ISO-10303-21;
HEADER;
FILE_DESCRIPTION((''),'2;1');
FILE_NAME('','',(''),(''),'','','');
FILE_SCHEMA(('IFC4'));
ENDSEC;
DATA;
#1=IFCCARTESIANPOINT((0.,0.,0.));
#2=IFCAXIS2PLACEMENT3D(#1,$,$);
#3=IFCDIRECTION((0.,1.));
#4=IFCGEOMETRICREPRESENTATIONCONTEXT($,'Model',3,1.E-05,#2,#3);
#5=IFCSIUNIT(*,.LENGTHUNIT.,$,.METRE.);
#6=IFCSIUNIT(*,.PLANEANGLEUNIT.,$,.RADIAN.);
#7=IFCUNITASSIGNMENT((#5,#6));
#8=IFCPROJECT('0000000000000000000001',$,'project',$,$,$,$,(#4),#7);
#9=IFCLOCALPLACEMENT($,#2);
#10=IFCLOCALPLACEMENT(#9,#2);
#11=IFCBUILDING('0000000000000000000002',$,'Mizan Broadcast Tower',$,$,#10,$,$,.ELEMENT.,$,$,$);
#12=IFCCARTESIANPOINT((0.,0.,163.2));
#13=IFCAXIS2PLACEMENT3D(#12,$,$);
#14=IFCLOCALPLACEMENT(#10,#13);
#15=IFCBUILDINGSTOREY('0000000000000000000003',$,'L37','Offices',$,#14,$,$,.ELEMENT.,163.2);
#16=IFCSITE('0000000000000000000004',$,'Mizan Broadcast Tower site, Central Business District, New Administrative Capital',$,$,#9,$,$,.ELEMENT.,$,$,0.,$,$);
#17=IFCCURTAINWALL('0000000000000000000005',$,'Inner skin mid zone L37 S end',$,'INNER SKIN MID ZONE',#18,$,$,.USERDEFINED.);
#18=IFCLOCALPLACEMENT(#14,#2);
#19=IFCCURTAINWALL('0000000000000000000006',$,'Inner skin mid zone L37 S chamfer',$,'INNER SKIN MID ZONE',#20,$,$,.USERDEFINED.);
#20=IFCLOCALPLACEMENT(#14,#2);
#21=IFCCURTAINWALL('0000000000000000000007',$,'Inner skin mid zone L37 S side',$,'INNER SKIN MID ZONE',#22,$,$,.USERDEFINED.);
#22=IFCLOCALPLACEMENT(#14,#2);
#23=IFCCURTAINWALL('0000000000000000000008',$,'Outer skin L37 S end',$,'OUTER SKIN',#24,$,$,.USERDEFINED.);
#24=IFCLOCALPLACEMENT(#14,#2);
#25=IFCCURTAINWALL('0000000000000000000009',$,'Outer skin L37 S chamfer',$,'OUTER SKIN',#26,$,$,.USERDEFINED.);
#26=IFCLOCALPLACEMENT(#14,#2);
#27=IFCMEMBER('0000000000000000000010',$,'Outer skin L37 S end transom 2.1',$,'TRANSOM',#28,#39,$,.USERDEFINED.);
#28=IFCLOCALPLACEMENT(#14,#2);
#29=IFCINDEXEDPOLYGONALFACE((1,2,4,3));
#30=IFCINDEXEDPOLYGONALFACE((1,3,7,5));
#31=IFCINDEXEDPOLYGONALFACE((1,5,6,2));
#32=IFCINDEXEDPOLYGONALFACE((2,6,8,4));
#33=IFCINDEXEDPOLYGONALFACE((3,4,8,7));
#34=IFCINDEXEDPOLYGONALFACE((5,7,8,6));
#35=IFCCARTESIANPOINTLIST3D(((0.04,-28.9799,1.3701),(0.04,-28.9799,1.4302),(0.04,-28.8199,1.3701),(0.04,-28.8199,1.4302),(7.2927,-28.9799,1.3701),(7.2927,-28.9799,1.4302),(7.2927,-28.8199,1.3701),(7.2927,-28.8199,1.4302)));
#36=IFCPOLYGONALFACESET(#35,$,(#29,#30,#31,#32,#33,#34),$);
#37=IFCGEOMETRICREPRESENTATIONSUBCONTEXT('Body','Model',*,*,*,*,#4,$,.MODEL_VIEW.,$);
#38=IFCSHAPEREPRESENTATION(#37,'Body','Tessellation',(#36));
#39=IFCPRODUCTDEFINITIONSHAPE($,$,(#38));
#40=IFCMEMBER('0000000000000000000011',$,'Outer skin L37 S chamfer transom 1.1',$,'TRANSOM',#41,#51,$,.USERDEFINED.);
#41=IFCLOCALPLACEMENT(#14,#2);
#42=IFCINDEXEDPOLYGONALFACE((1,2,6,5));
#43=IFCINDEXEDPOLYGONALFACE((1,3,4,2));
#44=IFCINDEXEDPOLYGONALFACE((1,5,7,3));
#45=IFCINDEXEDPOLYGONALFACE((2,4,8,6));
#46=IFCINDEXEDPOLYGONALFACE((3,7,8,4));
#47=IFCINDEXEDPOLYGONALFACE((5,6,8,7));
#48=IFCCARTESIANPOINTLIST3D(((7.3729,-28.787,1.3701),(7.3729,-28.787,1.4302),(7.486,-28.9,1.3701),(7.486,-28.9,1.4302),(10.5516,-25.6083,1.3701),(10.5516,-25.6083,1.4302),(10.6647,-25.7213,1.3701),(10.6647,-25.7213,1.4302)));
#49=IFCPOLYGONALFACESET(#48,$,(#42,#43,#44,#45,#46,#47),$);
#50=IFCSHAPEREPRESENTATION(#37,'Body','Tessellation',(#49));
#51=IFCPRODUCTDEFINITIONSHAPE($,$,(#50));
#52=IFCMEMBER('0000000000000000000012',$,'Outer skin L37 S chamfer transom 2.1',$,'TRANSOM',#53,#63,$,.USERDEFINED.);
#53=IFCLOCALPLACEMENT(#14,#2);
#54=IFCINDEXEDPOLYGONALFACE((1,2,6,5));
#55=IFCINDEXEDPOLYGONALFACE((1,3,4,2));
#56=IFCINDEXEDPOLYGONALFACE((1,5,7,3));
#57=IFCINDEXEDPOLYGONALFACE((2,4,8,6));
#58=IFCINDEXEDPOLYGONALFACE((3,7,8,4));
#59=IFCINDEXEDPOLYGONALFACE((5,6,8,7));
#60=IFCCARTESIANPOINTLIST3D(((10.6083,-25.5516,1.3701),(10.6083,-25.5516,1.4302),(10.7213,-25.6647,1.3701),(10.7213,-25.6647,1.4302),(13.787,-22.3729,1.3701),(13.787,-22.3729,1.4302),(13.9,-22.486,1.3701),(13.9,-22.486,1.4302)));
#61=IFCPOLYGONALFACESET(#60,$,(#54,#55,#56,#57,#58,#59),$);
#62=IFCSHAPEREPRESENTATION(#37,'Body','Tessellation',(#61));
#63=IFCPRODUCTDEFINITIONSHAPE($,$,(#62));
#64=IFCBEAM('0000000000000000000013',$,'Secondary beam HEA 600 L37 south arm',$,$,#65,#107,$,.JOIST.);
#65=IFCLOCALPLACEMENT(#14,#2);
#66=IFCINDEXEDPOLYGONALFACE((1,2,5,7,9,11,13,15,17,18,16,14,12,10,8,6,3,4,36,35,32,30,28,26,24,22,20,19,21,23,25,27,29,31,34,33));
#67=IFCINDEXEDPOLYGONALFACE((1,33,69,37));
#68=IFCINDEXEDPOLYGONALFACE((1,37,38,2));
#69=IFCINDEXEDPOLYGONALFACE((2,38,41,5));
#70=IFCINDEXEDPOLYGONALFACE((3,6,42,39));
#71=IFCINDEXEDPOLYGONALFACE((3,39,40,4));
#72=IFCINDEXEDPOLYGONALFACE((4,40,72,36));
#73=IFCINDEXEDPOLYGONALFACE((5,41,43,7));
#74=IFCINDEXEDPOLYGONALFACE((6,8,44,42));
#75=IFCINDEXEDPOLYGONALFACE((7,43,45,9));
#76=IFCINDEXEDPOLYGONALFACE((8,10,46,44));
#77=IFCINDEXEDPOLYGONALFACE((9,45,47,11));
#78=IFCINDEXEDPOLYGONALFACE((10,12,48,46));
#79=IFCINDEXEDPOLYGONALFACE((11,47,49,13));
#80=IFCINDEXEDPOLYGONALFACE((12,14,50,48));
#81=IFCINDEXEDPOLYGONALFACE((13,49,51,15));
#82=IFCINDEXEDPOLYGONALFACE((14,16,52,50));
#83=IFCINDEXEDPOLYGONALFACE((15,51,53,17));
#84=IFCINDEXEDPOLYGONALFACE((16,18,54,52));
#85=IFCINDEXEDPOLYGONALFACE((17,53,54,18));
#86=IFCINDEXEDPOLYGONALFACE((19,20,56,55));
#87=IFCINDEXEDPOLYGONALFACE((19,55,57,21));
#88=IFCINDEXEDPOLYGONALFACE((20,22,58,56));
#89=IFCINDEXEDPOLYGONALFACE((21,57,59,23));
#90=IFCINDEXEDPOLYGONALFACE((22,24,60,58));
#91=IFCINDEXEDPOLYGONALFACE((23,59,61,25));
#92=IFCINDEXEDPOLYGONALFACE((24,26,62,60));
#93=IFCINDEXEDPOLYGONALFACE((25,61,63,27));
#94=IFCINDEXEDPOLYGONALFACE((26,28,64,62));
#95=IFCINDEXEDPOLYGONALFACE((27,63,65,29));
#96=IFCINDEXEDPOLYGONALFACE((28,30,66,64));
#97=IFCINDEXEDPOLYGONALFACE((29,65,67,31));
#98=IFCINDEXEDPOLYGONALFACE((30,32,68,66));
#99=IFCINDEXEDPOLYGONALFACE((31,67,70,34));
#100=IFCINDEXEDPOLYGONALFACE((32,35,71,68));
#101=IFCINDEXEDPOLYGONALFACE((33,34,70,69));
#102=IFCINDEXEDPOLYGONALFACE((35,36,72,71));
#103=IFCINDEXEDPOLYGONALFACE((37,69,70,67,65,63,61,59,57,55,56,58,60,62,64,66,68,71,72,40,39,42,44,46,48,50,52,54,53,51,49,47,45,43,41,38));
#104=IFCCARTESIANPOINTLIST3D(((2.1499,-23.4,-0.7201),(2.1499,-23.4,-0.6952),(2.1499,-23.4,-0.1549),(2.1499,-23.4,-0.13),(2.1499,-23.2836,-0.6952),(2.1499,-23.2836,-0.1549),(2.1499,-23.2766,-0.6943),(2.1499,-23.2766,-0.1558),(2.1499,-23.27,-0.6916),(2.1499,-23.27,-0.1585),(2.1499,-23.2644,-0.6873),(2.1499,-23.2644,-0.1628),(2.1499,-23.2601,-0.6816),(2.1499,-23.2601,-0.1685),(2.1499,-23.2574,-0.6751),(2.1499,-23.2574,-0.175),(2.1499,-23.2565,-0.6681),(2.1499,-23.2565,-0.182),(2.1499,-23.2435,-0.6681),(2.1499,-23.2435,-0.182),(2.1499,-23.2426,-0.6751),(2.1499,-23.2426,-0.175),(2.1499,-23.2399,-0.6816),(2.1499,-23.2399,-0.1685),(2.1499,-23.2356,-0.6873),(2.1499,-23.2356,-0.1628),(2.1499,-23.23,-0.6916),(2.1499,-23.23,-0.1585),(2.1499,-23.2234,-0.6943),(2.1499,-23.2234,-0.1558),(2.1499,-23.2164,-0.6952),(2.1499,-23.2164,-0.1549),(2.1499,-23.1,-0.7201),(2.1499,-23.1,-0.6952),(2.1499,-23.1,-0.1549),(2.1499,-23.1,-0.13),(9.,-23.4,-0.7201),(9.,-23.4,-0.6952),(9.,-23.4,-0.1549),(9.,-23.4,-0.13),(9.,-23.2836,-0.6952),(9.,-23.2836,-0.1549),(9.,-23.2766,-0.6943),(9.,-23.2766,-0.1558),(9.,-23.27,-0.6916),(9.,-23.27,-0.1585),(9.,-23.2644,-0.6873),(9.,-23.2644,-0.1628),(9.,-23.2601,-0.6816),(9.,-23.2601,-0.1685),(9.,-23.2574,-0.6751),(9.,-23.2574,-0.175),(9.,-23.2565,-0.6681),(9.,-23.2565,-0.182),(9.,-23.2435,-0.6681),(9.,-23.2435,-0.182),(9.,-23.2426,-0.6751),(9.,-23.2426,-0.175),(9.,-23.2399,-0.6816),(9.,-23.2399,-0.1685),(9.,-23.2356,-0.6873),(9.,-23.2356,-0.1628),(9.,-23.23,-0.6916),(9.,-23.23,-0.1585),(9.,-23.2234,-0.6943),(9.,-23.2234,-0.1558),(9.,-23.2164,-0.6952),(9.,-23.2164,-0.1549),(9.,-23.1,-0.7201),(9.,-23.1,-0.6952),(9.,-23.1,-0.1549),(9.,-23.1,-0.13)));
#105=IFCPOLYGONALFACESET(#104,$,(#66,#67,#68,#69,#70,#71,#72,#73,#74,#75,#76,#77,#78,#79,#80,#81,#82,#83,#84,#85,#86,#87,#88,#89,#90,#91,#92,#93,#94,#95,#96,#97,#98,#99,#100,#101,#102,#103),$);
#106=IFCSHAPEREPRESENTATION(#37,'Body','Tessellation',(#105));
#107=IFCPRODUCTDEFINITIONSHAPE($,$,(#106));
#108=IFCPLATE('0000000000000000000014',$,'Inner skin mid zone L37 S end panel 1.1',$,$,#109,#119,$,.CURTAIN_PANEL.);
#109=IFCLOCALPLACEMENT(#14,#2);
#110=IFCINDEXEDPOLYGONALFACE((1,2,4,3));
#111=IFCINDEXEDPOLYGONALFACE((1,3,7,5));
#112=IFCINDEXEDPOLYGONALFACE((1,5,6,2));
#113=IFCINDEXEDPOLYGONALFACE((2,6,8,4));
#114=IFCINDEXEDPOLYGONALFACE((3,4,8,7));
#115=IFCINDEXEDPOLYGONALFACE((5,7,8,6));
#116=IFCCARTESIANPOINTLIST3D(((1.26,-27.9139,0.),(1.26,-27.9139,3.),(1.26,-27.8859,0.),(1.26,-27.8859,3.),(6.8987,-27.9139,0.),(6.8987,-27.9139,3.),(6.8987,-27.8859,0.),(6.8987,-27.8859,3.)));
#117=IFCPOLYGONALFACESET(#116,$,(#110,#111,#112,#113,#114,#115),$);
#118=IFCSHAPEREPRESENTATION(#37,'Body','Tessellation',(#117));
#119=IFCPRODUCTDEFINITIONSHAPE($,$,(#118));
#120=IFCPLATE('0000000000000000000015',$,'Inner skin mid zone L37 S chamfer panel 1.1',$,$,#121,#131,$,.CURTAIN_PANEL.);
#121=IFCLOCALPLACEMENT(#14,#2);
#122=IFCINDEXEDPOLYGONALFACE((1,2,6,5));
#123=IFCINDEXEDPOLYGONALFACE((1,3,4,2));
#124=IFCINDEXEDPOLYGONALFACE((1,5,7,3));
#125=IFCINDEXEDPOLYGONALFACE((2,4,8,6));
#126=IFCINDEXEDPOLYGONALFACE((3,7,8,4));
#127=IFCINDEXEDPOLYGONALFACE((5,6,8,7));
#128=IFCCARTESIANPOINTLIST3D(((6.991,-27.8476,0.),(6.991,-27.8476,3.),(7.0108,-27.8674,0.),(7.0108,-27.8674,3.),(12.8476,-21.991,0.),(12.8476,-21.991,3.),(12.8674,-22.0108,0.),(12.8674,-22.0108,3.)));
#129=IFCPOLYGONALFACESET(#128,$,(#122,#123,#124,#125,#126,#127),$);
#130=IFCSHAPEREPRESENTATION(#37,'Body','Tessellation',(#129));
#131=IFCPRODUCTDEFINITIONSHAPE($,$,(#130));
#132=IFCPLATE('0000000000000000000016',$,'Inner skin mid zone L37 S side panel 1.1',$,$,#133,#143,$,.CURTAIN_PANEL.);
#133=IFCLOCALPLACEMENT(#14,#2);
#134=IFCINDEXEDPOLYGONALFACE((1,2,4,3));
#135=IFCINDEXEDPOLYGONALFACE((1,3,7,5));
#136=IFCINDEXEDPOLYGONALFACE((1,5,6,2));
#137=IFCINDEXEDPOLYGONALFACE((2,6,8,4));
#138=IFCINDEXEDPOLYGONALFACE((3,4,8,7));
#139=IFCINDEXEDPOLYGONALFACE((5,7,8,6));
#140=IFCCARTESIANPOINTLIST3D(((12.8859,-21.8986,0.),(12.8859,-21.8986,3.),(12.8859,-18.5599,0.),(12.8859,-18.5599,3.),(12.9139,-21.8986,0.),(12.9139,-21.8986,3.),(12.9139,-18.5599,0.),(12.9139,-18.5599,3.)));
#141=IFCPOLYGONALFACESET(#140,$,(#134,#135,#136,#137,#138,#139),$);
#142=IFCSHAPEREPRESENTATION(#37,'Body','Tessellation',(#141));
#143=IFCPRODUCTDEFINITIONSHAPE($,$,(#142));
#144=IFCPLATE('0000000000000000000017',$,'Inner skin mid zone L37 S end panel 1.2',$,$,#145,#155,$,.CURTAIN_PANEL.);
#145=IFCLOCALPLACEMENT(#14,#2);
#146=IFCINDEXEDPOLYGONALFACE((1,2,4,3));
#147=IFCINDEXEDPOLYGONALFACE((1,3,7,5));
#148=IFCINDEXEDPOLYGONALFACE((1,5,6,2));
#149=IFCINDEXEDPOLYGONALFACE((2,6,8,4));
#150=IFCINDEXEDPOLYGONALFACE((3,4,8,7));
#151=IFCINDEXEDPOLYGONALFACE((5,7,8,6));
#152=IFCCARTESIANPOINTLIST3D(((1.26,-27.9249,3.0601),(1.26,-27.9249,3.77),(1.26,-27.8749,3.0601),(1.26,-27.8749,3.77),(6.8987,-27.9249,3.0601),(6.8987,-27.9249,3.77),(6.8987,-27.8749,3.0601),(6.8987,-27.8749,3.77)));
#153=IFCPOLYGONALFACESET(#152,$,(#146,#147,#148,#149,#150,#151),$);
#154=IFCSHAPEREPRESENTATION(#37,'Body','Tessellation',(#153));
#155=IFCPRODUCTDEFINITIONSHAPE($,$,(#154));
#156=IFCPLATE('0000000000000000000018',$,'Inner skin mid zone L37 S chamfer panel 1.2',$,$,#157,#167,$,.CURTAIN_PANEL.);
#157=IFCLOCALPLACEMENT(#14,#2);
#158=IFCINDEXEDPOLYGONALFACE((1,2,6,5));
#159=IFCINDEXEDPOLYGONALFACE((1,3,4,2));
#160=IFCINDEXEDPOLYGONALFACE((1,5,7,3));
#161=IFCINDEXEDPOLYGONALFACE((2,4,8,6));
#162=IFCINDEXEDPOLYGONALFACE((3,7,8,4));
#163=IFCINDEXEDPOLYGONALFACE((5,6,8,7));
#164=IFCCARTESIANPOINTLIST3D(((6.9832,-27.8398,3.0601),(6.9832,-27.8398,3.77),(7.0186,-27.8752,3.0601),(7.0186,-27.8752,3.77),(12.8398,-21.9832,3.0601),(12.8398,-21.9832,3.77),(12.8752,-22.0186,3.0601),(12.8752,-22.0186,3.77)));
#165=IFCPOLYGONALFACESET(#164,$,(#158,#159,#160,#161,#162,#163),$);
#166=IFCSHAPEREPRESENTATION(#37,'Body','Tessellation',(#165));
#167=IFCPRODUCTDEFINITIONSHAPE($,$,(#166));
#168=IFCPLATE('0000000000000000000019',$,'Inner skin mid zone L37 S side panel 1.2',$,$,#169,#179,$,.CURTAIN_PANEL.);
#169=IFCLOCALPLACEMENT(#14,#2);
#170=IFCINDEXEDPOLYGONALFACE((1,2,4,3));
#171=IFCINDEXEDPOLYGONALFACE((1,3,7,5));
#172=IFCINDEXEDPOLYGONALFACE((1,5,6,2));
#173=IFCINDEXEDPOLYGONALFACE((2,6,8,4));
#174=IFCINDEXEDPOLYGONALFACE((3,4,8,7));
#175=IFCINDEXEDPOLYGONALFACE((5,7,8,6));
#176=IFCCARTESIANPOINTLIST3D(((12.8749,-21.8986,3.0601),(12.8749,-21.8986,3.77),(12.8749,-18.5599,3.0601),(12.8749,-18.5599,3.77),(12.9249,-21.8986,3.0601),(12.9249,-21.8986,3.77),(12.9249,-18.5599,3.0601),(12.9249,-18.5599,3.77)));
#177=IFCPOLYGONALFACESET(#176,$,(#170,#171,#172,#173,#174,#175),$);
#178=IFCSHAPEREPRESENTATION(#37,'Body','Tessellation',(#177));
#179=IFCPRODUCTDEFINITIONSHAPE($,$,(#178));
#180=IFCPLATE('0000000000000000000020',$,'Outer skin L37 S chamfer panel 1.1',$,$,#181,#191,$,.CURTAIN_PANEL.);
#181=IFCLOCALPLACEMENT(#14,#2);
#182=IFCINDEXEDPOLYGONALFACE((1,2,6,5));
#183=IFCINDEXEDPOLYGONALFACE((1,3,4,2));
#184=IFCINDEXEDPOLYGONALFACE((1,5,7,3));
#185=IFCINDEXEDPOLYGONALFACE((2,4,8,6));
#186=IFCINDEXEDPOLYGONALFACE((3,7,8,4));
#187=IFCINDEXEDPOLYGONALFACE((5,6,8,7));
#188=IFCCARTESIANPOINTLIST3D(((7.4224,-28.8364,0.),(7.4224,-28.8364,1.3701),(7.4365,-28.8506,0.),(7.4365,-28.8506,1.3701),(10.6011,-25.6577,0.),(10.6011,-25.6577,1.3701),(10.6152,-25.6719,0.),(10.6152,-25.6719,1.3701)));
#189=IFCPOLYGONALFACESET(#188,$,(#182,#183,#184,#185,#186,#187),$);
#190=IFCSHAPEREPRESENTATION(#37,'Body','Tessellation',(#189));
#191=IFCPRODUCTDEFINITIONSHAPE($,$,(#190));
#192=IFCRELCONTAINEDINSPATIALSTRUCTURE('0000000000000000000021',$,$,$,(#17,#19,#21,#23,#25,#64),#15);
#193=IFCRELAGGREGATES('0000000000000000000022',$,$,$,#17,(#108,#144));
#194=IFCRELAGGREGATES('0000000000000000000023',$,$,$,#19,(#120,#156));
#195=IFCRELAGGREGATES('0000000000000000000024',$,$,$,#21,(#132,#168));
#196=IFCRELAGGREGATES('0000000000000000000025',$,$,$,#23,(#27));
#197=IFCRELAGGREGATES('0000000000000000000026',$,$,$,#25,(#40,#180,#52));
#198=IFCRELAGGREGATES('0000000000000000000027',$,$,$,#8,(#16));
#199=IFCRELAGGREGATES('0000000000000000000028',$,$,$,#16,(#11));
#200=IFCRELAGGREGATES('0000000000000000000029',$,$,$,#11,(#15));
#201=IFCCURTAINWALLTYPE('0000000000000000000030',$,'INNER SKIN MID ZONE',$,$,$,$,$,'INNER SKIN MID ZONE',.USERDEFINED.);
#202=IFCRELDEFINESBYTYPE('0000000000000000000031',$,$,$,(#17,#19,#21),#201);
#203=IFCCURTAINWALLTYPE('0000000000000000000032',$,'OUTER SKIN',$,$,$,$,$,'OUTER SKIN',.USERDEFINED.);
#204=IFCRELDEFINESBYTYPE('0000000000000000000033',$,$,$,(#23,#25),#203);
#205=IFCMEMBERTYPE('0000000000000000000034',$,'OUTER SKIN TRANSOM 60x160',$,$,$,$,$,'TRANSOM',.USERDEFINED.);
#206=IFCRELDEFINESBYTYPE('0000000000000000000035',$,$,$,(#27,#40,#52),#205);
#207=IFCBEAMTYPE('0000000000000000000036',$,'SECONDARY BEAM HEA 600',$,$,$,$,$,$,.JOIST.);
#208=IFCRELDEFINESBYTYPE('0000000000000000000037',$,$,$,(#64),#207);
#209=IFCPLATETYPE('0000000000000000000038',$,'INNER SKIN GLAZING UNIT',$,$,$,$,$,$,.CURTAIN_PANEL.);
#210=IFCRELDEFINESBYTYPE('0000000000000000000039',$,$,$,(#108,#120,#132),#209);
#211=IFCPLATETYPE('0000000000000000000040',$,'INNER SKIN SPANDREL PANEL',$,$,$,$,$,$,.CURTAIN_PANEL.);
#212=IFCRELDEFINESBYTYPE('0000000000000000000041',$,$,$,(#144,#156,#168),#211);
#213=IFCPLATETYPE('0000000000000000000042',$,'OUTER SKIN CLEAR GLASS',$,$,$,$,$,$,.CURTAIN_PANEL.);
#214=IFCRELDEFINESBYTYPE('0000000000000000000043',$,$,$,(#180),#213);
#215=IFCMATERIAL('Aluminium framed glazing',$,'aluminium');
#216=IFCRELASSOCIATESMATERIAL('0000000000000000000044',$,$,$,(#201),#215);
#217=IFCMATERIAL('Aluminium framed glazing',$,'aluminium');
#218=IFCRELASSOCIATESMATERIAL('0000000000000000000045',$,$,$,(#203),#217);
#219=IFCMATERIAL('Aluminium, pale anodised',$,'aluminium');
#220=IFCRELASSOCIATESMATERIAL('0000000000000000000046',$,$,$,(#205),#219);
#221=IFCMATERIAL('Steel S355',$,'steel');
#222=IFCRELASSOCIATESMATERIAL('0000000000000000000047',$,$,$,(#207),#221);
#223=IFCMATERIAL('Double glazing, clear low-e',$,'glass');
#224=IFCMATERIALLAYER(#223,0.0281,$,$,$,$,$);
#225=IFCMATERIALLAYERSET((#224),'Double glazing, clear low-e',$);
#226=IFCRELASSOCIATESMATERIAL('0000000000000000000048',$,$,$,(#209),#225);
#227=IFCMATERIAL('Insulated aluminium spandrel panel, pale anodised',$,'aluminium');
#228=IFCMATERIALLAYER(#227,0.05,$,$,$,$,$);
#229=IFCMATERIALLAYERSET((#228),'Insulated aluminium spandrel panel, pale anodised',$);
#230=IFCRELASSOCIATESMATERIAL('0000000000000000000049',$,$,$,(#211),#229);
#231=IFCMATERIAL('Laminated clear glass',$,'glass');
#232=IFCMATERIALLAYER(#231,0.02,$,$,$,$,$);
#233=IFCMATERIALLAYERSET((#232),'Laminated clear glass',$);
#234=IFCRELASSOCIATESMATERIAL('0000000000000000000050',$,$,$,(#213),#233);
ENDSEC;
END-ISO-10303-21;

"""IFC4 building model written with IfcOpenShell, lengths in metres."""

from ifc_helpers import new_model, si_unit, direction, frame, origin, origin_2d, place, context, subcontext, project, spatial, rectangle, i_section, extrude, material, layer, layer_set, material_profile, profile_set, type_object, element, aggregate, save


model = new_model("IFC4")

# Units and contexts
model_context = context("Model", 3, precision=1e-05, world=origin(), true_north=direction((0.0, 1.0)))
body_context = subcontext(model_context, "Body", "Model", "MODEL_VIEW")
ifc_project = project(units=[si_unit("LENGTHUNIT", "METRE"), si_unit("PLANEANGLEUNIT", "RADIAN")], contexts=[model_context])

# Site, building, storey
site_placement = place(None, origin())
site = spatial("IfcSite", under=ifc_project, at=site_placement, Name="Mizan Broadcast Tower site, Central Business District, New Administrative Capital", CompositionType="ELEMENT", RefElevation=0.0)
building_placement = place(site_placement, origin())
building = spatial("IfcBuilding", under=site, at=building_placement, Name="Mizan Broadcast Tower", CompositionType="ELEMENT")
storey_placement = place(building_placement, frame((0.0, 0.0, 163.2)))
storey = spatial("IfcBuildingStorey", under=building, at=storey_placement, Name="L37", Description="Offices", CompositionType="ELEMENT", Elevation=163.2)

# Curtain wall
ifc_material_1 = material(Name="Aluminium framed glazing", Category="aluminium")
curtain_wall_type_1 = type_object("IfcCurtainWallType", Name="INNER SKIN MID ZONE", ElementType="INNER SKIN MID ZONE", PredefinedType="USERDEFINED", material=ifc_material_1)
curtain_wall_1_placement = place(storey_placement, origin())
curtain_wall_1 = element("IfcCurtainWall", 1, at=curtain_wall_1_placement, inside=storey, type_object=curtain_wall_type_1, Name="Inner skin mid zone L37 S end", ObjectType="INNER SKIN MID ZONE", PredefinedType="USERDEFINED")

# Curtain wall
curtain_wall_2_placement = place(storey_placement, origin())
curtain_wall_2 = element("IfcCurtainWall", 2, at=curtain_wall_2_placement, inside=storey, type_object=curtain_wall_type_1, Name="Inner skin mid zone L37 S chamfer", ObjectType="INNER SKIN MID ZONE", PredefinedType="USERDEFINED")

# Curtain wall
curtain_wall_3_placement = place(storey_placement, origin())
curtain_wall_3 = element("IfcCurtainWall", 3, at=curtain_wall_3_placement, inside=storey, type_object=curtain_wall_type_1, Name="Inner skin mid zone L37 S side", ObjectType="INNER SKIN MID ZONE", PredefinedType="USERDEFINED")

# Curtain wall
ifc_material_2 = material(Name="Aluminium framed glazing", Category="aluminium")
curtain_wall_type_2 = type_object("IfcCurtainWallType", Name="OUTER SKIN", ElementType="OUTER SKIN", PredefinedType="USERDEFINED", material=ifc_material_2)
curtain_wall_4_placement = place(storey_placement, origin())
curtain_wall_4 = element("IfcCurtainWall", 4, at=curtain_wall_4_placement, inside=storey, type_object=curtain_wall_type_2, Name="Outer skin L37 S end", ObjectType="OUTER SKIN", PredefinedType="USERDEFINED")

# Curtain wall
curtain_wall_5_placement = place(storey_placement, origin())
curtain_wall_5 = element("IfcCurtainWall", 5, at=curtain_wall_5_placement, inside=storey, type_object=curtain_wall_type_2, Name="Outer skin L37 S chamfer", ObjectType="OUTER SKIN", PredefinedType="USERDEFINED")

# Members
ifc_material_3 = material(Name="Aluminium, pale anodised", Category="aluminium")
ifc_material_profile_1 = material_profile(ifc_material_3, rectangle(XDim=0.1599, YDim=0.0601, at=origin_2d()), Name="TRANSOM 160x60")
ifc_profile_set_1 = profile_set([ifc_material_profile_1], Name="Aluminium, pale anodised")
member_type_1 = type_object("IfcMemberType", Name="OUTER SKIN TRANSOM 60x160", ElementType="TRANSOM", PredefinedType="USERDEFINED", material=ifc_profile_set_1)
member_1_placement = place(storey_placement, frame((0.04, -28.8999, 1.4001), z_axis=(1.0, 0.0, 0.0), x_axis=(0.0, 1.0, 0.0)))
member_1 = element("IfcMember", 6, at=member_1_placement, type_object=member_type_1, Name="Outer skin L37 S end transom 2.1", ObjectType="TRANSOM", PredefinedType="USERDEFINED", context=body_context, shape_type="SweptSolid", body=[
    extrude(rectangle(XDim=0.1599, YDim=0.0601, at=origin_2d()), origin(), (0.0, 0.0, 1.0), 7.2527),
])
member_2_placement = place(storey_placement, frame((7.4294, -28.8435, 1.4001), z_axis=(0.707107, 0.707107, 0.0), x_axis=(-0.707107, 0.707107, 0.0)))
member_2 = element("IfcMember", 7, at=member_2_placement, type_object=member_type_1, Name="Outer skin L37 S chamfer transom 1.1", ObjectType="TRANSOM", PredefinedType="USERDEFINED", context=body_context, shape_type="SweptSolid", body=[
    extrude(rectangle(XDim=0.1599, YDim=0.0601, at=origin_2d()), origin(), (0.0, 0.0, 1.0), 4.4954),
])
member_3_placement = place(storey_placement, frame((10.6648, -25.6082, 1.4001), z_axis=(0.707107, 0.707107, 0.0), x_axis=(-0.707107, 0.707107, 0.0)))
member_3 = element("IfcMember", 8, at=member_3_placement, type_object=member_type_1, Name="Outer skin L37 S chamfer transom 2.1", ObjectType="TRANSOM", PredefinedType="USERDEFINED", context=body_context, shape_type="SweptSolid", body=[
    extrude(rectangle(XDim=0.1599, YDim=0.0601, at=origin_2d()), origin(), (0.0, 0.0, 1.0), 4.4954),
])

# Beam
ifc_material_4 = material(Name="Steel S355", Category="steel")
ifc_material_profile_2 = material_profile(ifc_material_4, i_section(OverallWidth=0.3, OverallDepth=0.5901, WebThickness=0.0129, FlangeThickness=0.0249, FilletRadius=0.0271, at=origin_2d()), Name="HEA 600")
ifc_profile_set_2 = profile_set([ifc_material_profile_2], Name="Steel S355")
beam_type_1 = type_object("IfcBeamType", Name="SECONDARY BEAM HEA 600", PredefinedType="JOIST", material=ifc_profile_set_2)
beam_1_placement = place(storey_placement, frame((9.0, -23.25, -0.425), z_axis=(-1.0, 0.0, 0.0), x_axis=(0.0, -1.0, 0.0)))
element("IfcBeam", 9, at=beam_1_placement, inside=storey, type_object=beam_type_1, Name="Secondary beam HEA 600 L37 south arm", PredefinedType="JOIST", context=body_context, shape_type="SweptSolid", body=[
    extrude(i_section(OverallWidth=0.3, OverallDepth=0.5901, WebThickness=0.0129, FlangeThickness=0.0249, FilletRadius=0.0271, at=origin_2d()), origin(), (0.0, 0.0, 1.0), 6.8501),
])

# Plates
ifc_material_5 = material(Name="Double glazing, clear low-e", Category="glass")
ifc_layer_1 = layer(ifc_material_5, 0.0281)
ifc_layer_set_1 = layer_set([ifc_layer_1], Name="Double glazing, clear low-e")
plate_type_1 = type_object("IfcPlateType", Name="INNER SKIN GLAZING UNIT", PredefinedType="CURTAIN_PANEL", material=ifc_layer_set_1)
plate_1_placement = place(storey_placement, frame((4.0793, -27.8999, 0.0), z_axis=(0.0, 0.0, 1.0), x_axis=(1.0, 0.0, 0.0)))
plate_1 = element("IfcPlate", 10, at=plate_1_placement, type_object=plate_type_1, Name="Inner skin mid zone L37 S end panel 1.1", PredefinedType="CURTAIN_PANEL", context=body_context, shape_type="SweptSolid", body=[
    extrude(rectangle(XDim=5.6387, YDim=0.0281, at=origin_2d()), origin(), (0.0, 0.0, 1.0), 3.0),
])
plate_2_placement = place(storey_placement, frame((9.9292, -24.9292, 0.0), z_axis=(0.0, 0.0, 1.0), x_axis=(0.707107, 0.707107, 0.0)))
plate_2 = element("IfcPlate", 11, at=plate_2_placement, type_object=plate_type_1, Name="Inner skin mid zone L37 S chamfer panel 1.1", PredefinedType="CURTAIN_PANEL", context=body_context, shape_type="SweptSolid", body=[
    extrude(rectangle(XDim=8.2825, YDim=0.0281, at=origin_2d()), origin(), (0.0, 0.0, 1.0), 3.0),
])
plate_3_placement = place(storey_placement, frame((12.8999, -20.2292, 0.0), z_axis=(0.0, 0.0, 1.0), x_axis=(0.0, 1.0, 0.0)))
plate_3 = element("IfcPlate", 12, at=plate_3_placement, type_object=plate_type_1, Name="Inner skin mid zone L37 S side panel 1.1", PredefinedType="CURTAIN_PANEL", context=body_context, shape_type="SweptSolid", body=[
    extrude(rectangle(XDim=3.3386, YDim=0.0281, at=origin_2d()), origin(), (0.0, 0.0, 1.0), 3.0),
])
ifc_material_6 = material(Name="Insulated aluminium spandrel panel, pale anodised", Category="aluminium")
ifc_layer_2 = layer(ifc_material_6, 0.05)
ifc_layer_set_2 = layer_set([ifc_layer_2], Name="Insulated aluminium spandrel panel, pale anodised")
plate_type_2 = type_object("IfcPlateType", Name="INNER SKIN SPANDREL PANEL", PredefinedType="CURTAIN_PANEL", material=ifc_layer_set_2)
plate_4_placement = place(storey_placement, frame((4.0793, -27.8999, 3.0601), z_axis=(0.0, 0.0, 1.0), x_axis=(1.0, 0.0, 0.0)))
plate_4 = element("IfcPlate", 13, at=plate_4_placement, type_object=plate_type_2, Name="Inner skin mid zone L37 S end panel 1.2", PredefinedType="CURTAIN_PANEL", context=body_context, shape_type="SweptSolid", body=[
    extrude(rectangle(XDim=5.6387, YDim=0.05, at=origin_2d()), origin(), (0.0, 0.0, 1.0), 0.71),
])
aggregate(curtain_wall_1, [plate_1, plate_4])
plate_5_placement = place(storey_placement, frame((9.9292, -24.9292, 3.0601), z_axis=(0.0, 0.0, 1.0), x_axis=(0.707107, 0.707107, 0.0)))
plate_5 = element("IfcPlate", 14, at=plate_5_placement, type_object=plate_type_2, Name="Inner skin mid zone L37 S chamfer panel 1.2", PredefinedType="CURTAIN_PANEL", context=body_context, shape_type="SweptSolid", body=[
    extrude(rectangle(XDim=8.2825, YDim=0.05, at=origin_2d()), origin(), (0.0, 0.0, 1.0), 0.71),
])
aggregate(curtain_wall_2, [plate_2, plate_5])
plate_6_placement = place(storey_placement, frame((12.8999, -20.2292, 3.0601), z_axis=(0.0, 0.0, 1.0), x_axis=(0.0, 1.0, 0.0)))
plate_6 = element("IfcPlate", 15, at=plate_6_placement, type_object=plate_type_2, Name="Inner skin mid zone L37 S side panel 1.2", PredefinedType="CURTAIN_PANEL", context=body_context, shape_type="SweptSolid", body=[
    extrude(rectangle(XDim=3.3386, YDim=0.05, at=origin_2d()), origin(), (0.0, 0.0, 1.0), 0.71),
])
aggregate(curtain_wall_3, [plate_3, plate_6])
ifc_material_7 = material(Name="Laminated clear glass", Category="glass")
ifc_layer_3 = layer(ifc_material_7, 0.02)
ifc_layer_set_3 = layer_set([ifc_layer_3], Name="Laminated clear glass")
plate_type_3 = type_object("IfcPlateType", Name="OUTER SKIN CLEAR GLASS", PredefinedType="CURTAIN_PANEL", material=ifc_layer_set_3)
plate_7_placement = place(storey_placement, frame((9.0188, -27.2542, 0.0), z_axis=(0.0, 0.0, 1.0), x_axis=(0.707107, 0.707107, 0.0)))
plate_7 = element("IfcPlate", 16, at=plate_7_placement, type_object=plate_type_3, Name="Outer skin L37 S chamfer panel 1.1", PredefinedType="CURTAIN_PANEL", context=body_context, shape_type="SweptSolid", body=[
    extrude(rectangle(XDim=4.4954, YDim=0.02, at=origin_2d()), origin(), (0.0, 0.0, 1.0), 1.3701),
])
aggregate(curtain_wall_4, [member_1])
aggregate(curtain_wall_5, [member_2, plate_7, member_3])

save(model, "model.ifc")
